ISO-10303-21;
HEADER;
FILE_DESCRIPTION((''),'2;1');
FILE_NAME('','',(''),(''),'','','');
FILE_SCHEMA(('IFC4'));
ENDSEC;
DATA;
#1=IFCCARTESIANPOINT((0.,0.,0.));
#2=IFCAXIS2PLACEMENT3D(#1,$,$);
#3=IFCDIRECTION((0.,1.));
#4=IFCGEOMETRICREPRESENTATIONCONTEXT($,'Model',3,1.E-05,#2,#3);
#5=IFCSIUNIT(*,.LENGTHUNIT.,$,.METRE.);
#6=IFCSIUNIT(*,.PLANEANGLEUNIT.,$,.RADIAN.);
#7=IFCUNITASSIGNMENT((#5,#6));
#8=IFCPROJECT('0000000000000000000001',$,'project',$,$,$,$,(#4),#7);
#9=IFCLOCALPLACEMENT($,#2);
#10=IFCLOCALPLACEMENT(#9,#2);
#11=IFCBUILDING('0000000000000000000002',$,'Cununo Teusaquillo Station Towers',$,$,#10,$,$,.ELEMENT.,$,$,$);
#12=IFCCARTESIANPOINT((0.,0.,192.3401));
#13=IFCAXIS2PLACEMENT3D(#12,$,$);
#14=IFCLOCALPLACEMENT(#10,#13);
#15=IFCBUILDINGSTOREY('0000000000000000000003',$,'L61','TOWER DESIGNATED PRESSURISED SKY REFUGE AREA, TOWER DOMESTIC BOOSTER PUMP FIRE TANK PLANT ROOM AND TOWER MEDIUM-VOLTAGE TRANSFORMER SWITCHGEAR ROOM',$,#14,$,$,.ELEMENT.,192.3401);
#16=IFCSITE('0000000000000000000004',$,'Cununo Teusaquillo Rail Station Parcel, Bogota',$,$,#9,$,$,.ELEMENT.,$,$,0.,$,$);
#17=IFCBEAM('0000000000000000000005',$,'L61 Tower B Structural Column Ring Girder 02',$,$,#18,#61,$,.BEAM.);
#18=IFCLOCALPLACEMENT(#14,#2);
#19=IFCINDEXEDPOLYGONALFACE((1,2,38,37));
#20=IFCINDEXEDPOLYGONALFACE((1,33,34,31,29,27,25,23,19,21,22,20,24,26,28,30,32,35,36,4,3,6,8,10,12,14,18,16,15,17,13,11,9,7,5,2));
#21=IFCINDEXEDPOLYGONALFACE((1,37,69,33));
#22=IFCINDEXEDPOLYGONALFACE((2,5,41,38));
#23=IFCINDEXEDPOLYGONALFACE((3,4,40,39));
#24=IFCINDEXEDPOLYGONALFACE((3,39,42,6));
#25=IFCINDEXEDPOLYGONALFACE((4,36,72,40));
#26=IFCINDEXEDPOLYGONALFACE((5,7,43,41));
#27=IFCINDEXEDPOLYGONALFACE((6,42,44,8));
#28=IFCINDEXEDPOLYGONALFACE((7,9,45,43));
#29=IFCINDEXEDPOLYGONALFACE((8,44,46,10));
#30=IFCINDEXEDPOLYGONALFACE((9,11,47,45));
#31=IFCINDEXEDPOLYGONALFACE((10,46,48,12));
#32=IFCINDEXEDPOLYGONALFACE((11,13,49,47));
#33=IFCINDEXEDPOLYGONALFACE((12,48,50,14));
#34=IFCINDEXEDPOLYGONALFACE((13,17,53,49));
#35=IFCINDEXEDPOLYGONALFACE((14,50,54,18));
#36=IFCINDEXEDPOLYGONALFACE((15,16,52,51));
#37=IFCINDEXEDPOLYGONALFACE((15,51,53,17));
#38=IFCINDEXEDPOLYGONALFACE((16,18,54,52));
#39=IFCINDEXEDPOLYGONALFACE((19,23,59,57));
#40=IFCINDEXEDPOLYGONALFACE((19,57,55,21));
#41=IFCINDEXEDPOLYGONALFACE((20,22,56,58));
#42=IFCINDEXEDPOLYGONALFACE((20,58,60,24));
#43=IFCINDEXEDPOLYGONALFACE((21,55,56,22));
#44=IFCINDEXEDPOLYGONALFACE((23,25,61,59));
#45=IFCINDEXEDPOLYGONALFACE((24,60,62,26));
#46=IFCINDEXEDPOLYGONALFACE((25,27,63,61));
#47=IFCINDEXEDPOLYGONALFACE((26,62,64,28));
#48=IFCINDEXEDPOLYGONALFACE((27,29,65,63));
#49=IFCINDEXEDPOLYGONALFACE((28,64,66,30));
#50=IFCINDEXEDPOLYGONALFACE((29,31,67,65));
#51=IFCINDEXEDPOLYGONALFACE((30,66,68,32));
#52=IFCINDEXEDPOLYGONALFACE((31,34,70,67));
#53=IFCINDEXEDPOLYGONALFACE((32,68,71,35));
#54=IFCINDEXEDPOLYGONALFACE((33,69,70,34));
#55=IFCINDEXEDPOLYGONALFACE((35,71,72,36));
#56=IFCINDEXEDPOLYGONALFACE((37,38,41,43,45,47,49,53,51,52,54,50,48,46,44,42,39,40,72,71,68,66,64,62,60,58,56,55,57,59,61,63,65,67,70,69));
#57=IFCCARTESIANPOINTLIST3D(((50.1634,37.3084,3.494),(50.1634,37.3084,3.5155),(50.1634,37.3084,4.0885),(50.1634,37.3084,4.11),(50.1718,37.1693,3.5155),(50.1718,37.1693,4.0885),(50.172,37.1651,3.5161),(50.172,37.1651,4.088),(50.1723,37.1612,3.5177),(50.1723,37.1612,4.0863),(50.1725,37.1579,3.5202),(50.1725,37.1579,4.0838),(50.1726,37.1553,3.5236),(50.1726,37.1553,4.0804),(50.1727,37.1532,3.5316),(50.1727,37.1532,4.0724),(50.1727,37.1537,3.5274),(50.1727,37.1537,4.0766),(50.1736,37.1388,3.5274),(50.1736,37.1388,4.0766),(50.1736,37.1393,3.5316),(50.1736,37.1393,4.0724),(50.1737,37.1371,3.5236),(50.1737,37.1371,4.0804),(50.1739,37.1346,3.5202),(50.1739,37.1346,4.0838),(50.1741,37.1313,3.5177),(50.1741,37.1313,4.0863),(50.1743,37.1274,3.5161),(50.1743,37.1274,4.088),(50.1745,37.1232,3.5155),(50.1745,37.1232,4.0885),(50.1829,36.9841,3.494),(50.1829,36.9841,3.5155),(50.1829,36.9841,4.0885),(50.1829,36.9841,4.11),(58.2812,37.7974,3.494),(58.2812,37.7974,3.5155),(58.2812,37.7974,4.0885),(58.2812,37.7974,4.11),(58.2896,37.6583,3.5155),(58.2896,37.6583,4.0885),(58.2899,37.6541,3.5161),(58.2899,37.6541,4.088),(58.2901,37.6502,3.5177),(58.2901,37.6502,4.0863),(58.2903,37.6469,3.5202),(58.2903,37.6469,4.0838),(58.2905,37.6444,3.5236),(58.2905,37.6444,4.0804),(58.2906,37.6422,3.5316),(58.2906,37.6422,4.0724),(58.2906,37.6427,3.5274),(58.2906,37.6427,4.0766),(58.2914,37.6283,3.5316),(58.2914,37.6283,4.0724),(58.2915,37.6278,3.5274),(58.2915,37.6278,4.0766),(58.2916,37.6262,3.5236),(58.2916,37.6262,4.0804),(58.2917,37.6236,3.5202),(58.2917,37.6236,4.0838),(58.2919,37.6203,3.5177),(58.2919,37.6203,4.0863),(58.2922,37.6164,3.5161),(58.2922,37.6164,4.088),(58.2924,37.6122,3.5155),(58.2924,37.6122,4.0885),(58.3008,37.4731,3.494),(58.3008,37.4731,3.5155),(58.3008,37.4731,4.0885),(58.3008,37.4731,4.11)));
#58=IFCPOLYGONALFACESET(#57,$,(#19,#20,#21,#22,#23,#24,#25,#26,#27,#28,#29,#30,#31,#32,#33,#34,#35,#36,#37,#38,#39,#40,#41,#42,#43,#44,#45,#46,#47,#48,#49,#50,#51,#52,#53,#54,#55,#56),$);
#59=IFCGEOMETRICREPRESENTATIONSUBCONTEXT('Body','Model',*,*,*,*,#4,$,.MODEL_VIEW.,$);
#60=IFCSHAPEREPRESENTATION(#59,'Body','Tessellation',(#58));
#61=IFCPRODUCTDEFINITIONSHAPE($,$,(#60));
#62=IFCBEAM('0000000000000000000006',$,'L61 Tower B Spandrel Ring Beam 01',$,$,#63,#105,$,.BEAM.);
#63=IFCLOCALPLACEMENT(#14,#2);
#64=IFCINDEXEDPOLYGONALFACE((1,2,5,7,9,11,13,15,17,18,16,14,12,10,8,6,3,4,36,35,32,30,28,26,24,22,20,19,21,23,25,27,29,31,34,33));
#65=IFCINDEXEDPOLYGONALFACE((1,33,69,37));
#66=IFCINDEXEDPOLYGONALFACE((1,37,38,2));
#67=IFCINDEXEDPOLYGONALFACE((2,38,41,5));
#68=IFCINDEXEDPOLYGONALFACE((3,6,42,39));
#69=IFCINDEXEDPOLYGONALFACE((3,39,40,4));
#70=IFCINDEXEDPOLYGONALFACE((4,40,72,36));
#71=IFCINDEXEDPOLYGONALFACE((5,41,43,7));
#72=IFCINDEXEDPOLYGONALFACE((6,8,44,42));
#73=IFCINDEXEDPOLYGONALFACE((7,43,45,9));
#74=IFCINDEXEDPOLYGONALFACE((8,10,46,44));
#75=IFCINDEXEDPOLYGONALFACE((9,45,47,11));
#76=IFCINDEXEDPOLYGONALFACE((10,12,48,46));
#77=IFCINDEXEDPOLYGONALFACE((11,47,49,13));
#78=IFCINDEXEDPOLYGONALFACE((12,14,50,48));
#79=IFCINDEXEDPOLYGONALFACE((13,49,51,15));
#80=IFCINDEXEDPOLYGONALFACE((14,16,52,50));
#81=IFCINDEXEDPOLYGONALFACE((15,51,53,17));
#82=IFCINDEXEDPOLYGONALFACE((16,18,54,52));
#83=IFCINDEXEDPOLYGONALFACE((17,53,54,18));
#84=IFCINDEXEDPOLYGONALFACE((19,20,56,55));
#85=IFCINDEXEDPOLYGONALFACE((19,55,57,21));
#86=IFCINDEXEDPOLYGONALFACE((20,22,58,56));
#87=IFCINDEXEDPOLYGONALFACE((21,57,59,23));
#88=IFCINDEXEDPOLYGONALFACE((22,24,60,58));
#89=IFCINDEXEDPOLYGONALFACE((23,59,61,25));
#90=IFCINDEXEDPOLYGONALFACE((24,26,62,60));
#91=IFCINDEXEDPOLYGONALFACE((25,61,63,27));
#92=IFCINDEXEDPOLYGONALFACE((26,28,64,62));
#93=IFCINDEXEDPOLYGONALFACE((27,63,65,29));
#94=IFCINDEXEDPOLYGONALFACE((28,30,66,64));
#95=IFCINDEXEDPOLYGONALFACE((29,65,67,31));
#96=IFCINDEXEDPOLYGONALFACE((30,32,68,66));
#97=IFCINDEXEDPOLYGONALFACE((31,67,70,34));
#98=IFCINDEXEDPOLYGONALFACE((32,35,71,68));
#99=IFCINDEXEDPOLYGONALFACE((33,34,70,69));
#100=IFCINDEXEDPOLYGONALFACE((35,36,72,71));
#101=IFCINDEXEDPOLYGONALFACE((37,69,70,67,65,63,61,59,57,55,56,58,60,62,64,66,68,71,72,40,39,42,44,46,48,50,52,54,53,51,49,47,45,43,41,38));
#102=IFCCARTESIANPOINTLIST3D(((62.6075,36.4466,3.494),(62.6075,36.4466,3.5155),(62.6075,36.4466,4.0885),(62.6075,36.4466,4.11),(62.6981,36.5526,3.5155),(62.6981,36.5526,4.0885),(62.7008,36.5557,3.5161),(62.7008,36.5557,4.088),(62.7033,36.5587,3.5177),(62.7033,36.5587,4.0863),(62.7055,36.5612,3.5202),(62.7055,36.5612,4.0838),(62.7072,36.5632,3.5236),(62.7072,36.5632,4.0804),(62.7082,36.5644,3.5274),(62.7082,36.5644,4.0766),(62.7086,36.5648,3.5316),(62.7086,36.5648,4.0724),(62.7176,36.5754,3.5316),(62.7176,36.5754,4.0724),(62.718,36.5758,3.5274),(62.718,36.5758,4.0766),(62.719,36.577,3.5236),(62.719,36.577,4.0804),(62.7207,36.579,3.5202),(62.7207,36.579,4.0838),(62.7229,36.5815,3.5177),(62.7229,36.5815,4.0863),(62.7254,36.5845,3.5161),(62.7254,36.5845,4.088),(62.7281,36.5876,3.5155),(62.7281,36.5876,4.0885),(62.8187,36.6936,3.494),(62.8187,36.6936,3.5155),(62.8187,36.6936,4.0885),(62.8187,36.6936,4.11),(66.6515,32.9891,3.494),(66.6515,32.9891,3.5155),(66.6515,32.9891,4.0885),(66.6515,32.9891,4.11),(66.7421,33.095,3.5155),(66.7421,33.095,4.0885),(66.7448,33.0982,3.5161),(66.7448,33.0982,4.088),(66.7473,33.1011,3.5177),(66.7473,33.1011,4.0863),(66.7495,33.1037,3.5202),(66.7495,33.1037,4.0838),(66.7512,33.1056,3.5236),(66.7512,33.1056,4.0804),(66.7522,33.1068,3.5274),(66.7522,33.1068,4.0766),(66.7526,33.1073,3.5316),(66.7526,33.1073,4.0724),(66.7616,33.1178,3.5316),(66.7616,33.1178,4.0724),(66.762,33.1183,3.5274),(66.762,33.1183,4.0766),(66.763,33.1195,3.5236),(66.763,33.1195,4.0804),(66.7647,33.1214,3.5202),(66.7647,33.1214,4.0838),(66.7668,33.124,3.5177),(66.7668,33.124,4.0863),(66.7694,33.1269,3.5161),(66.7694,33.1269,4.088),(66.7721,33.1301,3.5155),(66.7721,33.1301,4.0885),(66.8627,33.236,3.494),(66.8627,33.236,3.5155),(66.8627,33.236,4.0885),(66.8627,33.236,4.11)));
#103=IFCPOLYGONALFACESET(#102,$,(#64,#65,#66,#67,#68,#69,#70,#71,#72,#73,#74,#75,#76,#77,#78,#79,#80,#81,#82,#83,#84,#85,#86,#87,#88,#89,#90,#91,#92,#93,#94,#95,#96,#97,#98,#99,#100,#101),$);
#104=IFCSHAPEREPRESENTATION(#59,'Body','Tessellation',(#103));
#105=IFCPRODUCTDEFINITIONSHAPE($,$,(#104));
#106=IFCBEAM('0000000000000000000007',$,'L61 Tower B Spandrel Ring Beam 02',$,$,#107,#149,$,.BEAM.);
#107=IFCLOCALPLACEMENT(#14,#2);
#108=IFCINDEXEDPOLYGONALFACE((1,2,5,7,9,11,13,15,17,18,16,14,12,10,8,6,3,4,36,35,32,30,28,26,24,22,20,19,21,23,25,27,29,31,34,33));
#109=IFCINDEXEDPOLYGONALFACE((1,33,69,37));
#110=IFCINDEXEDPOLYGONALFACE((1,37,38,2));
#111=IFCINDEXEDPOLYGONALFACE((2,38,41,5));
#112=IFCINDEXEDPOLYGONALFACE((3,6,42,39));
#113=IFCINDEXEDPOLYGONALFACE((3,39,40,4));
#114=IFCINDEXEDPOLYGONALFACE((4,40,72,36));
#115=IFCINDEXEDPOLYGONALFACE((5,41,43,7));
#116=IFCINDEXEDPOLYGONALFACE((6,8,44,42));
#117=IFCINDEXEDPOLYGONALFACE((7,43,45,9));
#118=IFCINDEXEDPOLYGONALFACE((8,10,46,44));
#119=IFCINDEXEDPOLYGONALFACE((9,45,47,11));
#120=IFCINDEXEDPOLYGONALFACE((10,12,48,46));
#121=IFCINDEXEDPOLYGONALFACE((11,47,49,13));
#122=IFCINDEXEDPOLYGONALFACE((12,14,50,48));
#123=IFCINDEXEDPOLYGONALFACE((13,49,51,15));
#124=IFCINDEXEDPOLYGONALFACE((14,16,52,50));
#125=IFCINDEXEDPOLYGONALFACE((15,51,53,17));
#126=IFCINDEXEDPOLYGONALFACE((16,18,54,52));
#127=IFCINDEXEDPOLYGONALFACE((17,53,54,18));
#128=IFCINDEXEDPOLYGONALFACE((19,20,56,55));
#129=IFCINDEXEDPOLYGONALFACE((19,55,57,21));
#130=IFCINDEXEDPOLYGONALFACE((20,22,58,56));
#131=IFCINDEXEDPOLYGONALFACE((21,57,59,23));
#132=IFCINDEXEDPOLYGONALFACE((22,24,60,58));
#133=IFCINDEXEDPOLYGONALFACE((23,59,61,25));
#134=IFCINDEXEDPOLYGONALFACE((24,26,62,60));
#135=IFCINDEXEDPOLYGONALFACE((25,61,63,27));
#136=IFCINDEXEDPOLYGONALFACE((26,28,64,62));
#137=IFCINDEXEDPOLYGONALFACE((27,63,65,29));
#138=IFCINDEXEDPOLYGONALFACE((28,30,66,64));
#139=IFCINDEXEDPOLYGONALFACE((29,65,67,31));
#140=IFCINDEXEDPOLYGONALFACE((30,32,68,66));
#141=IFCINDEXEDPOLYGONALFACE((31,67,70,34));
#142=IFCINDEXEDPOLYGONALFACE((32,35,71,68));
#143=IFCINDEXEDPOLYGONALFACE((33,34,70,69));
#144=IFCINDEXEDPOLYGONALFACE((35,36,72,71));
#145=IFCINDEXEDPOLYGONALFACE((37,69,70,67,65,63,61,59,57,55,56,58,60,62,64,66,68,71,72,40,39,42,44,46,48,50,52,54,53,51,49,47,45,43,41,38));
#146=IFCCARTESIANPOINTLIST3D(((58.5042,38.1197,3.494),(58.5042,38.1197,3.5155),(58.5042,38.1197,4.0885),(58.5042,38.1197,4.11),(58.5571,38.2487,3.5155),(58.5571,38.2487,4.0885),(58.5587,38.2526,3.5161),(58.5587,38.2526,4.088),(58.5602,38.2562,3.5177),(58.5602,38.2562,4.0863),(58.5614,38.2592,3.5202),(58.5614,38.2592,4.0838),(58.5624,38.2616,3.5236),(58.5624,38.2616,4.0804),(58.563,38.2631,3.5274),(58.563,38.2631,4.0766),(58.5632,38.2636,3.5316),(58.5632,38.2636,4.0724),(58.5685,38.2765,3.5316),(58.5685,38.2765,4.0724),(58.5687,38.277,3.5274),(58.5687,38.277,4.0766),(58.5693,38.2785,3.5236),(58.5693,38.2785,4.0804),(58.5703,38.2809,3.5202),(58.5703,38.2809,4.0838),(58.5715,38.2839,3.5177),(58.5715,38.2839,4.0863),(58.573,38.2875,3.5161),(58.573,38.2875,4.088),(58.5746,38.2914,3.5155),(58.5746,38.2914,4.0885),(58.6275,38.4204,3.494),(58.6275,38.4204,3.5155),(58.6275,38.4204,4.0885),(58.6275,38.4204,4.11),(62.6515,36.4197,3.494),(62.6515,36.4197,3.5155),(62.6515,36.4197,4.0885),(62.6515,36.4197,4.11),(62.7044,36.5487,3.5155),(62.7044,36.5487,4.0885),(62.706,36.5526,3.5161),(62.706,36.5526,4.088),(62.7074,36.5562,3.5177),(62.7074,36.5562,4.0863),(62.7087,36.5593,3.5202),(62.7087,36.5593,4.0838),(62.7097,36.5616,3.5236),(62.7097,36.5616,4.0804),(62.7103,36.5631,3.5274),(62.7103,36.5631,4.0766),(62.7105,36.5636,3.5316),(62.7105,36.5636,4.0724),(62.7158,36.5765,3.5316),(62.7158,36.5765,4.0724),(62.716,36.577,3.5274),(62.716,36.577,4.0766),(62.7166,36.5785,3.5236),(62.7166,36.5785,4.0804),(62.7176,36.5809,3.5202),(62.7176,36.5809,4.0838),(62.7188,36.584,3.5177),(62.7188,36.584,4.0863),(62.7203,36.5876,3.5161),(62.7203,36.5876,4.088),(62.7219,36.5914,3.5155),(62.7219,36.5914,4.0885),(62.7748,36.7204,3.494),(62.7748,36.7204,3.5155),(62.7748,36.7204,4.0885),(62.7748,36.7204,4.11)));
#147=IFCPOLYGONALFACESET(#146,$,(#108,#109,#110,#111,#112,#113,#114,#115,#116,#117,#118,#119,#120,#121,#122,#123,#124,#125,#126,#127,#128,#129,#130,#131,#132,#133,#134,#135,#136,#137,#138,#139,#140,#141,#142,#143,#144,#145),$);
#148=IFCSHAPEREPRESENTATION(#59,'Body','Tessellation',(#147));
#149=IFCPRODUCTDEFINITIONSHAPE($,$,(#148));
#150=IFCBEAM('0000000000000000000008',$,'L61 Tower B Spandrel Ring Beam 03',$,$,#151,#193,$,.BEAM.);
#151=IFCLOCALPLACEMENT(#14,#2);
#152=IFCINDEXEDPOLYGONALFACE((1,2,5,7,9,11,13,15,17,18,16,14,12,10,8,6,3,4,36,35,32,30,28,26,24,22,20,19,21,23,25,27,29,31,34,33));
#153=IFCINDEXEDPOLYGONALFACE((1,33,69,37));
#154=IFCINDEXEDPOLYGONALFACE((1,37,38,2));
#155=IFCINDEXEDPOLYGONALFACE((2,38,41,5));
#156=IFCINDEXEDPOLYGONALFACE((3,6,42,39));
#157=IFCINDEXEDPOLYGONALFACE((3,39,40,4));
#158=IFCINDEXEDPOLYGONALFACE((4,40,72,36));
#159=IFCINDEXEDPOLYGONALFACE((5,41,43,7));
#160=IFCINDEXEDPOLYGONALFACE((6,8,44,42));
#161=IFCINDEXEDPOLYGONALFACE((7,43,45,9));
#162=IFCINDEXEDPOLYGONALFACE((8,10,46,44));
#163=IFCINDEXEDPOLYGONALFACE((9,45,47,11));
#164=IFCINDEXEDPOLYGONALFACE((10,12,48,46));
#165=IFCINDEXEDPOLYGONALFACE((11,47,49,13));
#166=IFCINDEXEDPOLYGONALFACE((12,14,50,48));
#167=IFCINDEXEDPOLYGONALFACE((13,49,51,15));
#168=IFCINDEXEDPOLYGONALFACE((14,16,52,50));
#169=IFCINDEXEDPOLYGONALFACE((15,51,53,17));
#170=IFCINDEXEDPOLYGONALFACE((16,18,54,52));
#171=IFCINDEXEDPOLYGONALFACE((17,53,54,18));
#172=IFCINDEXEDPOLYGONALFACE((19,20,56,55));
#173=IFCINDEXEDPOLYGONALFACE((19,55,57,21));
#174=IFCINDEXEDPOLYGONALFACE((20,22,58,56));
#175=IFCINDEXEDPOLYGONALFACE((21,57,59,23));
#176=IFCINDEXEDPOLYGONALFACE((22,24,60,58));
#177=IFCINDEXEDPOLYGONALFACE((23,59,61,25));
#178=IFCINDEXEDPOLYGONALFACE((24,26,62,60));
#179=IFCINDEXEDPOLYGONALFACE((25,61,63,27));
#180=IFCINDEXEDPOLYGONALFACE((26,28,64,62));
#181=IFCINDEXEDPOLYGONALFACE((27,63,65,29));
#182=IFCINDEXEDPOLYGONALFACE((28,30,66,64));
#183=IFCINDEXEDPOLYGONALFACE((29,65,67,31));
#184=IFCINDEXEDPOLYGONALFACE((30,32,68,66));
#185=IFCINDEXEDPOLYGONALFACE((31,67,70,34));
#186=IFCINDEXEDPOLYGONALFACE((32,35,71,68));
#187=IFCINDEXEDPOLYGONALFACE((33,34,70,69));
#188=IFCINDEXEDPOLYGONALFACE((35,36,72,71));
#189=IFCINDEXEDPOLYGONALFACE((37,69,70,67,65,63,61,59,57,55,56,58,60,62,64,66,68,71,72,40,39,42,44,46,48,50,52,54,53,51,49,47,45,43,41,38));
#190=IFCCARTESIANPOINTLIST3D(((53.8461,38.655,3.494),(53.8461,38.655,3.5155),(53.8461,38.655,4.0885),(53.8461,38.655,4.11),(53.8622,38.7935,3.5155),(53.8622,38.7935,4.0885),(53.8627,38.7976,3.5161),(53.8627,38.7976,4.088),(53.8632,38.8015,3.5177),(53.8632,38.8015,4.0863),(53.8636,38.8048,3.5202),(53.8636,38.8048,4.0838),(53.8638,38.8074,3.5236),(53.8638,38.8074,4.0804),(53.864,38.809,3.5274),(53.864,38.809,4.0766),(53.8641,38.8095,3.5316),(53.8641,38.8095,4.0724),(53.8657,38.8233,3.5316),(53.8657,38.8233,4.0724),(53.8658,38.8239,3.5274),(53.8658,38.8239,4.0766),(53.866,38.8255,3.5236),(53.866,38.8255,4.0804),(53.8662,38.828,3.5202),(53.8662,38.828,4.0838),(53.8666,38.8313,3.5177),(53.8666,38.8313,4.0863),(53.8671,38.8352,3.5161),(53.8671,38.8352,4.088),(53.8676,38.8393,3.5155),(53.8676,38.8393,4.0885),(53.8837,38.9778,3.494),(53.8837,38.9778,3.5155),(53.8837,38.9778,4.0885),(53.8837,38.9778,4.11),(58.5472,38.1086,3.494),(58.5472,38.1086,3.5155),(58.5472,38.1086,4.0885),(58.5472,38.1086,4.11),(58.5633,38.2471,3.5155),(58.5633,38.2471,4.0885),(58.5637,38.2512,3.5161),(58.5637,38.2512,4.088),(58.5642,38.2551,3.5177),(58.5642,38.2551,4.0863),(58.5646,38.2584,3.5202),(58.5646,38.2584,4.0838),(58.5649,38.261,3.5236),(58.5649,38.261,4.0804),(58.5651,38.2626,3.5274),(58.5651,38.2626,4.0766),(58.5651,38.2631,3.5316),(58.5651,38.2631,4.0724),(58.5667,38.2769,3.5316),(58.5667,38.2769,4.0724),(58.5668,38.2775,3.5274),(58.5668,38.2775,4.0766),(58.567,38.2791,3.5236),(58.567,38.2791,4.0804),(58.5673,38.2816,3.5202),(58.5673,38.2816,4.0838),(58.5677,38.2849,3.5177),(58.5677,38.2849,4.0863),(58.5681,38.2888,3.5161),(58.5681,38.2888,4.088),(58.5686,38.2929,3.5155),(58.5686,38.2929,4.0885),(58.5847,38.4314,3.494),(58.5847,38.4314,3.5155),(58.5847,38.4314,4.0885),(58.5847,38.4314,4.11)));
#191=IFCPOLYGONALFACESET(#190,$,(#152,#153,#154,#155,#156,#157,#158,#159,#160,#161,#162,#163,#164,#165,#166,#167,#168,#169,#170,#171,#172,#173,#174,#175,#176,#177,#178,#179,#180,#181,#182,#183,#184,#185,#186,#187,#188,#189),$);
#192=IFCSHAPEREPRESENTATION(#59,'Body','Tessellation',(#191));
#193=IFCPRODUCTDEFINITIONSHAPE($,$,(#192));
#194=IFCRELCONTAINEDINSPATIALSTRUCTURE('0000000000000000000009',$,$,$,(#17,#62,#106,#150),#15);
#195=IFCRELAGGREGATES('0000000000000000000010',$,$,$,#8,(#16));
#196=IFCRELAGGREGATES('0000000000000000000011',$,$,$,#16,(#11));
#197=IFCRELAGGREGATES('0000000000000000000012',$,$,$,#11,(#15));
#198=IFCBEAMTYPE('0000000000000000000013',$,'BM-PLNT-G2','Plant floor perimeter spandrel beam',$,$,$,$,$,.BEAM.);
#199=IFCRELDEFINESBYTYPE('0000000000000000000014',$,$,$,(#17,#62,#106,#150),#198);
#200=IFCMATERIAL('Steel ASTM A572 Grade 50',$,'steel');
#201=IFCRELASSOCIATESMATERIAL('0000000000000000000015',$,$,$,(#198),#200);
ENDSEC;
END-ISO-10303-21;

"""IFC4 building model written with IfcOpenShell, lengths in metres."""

from ifc_helpers import new_model, si_unit, direction, frame, origin, origin_2d, place, context, subcontext, project, spatial, i_section, extrude, material, material_profile, profile_set, type_object, element, save


model = new_model("IFC4")

# Units and contexts
model_context = context("Model", 3, precision=1e-05, world=origin(), true_north=direction((0.0, 1.0)))
body_context = subcontext(model_context, "Body", "Model", "MODEL_VIEW")
ifc_project = project(units=[si_unit("LENGTHUNIT", "METRE"), si_unit("PLANEANGLEUNIT", "RADIAN")], contexts=[model_context])

# Site, building, storey
site_placement = place(None, origin())
site = spatial("IfcSite", under=ifc_project, at=site_placement, Name="Cununo Teusaquillo Rail Station Parcel, Bogota", CompositionType="ELEMENT", RefElevation=0.0)
building_placement = place(site_placement, origin())
building = spatial("IfcBuilding", under=site, at=building_placement, Name="Cununo Teusaquillo Station Towers", CompositionType="ELEMENT")
storey_placement = place(building_placement, frame((0.0, 0.0, 192.3401)))
storey = spatial("IfcBuildingStorey", under=building, at=storey_placement, Name="L61", Description="TOWER DESIGNATED PRESSURISED SKY REFUGE AREA, TOWER DOMESTIC BOOSTER PUMP FIRE TANK PLANT ROOM AND TOWER MEDIUM-VOLTAGE TRANSFORMER SWITCHGEAR ROOM", CompositionType="ELEMENT", Elevation=192.3401)

# Beams
ifc_material_1 = material(Name="Steel ASTM A572 Grade 50", Category="steel")
ifc_material_profile_1 = material_profile(ifc_material_1, i_section(OverallWidth=0.325, OverallDepth=0.616, WebThickness=0.0139, FlangeThickness=0.0215, FilletRadius=0.0161, at=origin_2d()), Name="W24X117")
ifc_profile_set_1 = profile_set([ifc_material_profile_1], Name="Steel ASTM A572 Grade 50")
beam_type_1 = type_object("IfcBeamType", Name="BM-PLNT-G2", Description="Plant floor perimeter spandrel beam", PredefinedType="BEAM", material=ifc_profile_set_1)
beam_1_placement = place(storey_placement, frame((58.291, 37.6353, 3.802), z_axis=(-0.998191, -0.06013, 0.0), x_axis=(0.06013, -0.998191, 0.0)))
element("IfcBeam", 1, at=beam_1_placement, inside=storey, type_object=beam_type_1, Name="L61 Tower B Structural Column Ring Girder 02", PredefinedType="BEAM", context=body_context, shape_type="SweptSolid", body=[
    extrude(i_section(OverallWidth=0.325, OverallDepth=0.616, WebThickness=0.0139, FlangeThickness=0.0215, FilletRadius=0.0161, at=origin_2d()), origin(), (0.0, 0.0, 1.0), 8.1326),
])
beam_2_placement = place(storey_placement, frame((66.7571, 33.1125, 3.802), z_axis=(-0.760066, 0.649846, 0.0), x_axis=(-0.649846, -0.760066, 0.0)))
element("IfcBeam", 2, at=beam_2_placement, inside=storey, type_object=beam_type_1, Name="L61 Tower B Spandrel Ring Beam 01", PredefinedType="BEAM", context=body_context, shape_type="SweptSolid", body=[
    extrude(i_section(OverallWidth=0.325, OverallDepth=0.616, WebThickness=0.0139, FlangeThickness=0.0215, FilletRadius=0.0161, at=origin_2d()), origin(), (0.0, 0.0, 1.0), 5.3206),
])
beam_3_placement = place(storey_placement, frame((62.7131, 36.5701, 3.802), z_axis=(-0.925284, 0.379275, 0.0), x_axis=(-0.379275, -0.925284, 0.0)))
element("IfcBeam", 3, at=beam_3_placement, inside=storey, type_object=beam_type_1, Name="L61 Tower B Spandrel Ring Beam 02", PredefinedType="BEAM", context=body_context, shape_type="SweptSolid", body=[
    extrude(i_section(OverallWidth=0.325, OverallDepth=0.616, WebThickness=0.0139, FlangeThickness=0.0215, FilletRadius=0.0161, at=origin_2d()), origin(), (0.0, 0.0, 1.0), 4.4822),
])
beam_4_placement = place(storey_placement, frame((58.5659, 38.27, 3.802), z_axis=(-0.993313, 0.115452, 0.0), x_axis=(-0.115452, -0.993313, 0.0)))
element("IfcBeam", 4, at=beam_4_placement, inside=storey, type_object=beam_type_1, Name="L61 Tower B Spandrel Ring Beam 03", PredefinedType="BEAM", context=body_context, shape_type="SweptSolid", body=[
    extrude(i_section(OverallWidth=0.325, OverallDepth=0.616, WebThickness=0.0139, FlangeThickness=0.0215, FilletRadius=0.0161, at=origin_2d()), origin(), (0.0, 0.0, 1.0), 4.7327),
])

save(model, "model.ifc")
